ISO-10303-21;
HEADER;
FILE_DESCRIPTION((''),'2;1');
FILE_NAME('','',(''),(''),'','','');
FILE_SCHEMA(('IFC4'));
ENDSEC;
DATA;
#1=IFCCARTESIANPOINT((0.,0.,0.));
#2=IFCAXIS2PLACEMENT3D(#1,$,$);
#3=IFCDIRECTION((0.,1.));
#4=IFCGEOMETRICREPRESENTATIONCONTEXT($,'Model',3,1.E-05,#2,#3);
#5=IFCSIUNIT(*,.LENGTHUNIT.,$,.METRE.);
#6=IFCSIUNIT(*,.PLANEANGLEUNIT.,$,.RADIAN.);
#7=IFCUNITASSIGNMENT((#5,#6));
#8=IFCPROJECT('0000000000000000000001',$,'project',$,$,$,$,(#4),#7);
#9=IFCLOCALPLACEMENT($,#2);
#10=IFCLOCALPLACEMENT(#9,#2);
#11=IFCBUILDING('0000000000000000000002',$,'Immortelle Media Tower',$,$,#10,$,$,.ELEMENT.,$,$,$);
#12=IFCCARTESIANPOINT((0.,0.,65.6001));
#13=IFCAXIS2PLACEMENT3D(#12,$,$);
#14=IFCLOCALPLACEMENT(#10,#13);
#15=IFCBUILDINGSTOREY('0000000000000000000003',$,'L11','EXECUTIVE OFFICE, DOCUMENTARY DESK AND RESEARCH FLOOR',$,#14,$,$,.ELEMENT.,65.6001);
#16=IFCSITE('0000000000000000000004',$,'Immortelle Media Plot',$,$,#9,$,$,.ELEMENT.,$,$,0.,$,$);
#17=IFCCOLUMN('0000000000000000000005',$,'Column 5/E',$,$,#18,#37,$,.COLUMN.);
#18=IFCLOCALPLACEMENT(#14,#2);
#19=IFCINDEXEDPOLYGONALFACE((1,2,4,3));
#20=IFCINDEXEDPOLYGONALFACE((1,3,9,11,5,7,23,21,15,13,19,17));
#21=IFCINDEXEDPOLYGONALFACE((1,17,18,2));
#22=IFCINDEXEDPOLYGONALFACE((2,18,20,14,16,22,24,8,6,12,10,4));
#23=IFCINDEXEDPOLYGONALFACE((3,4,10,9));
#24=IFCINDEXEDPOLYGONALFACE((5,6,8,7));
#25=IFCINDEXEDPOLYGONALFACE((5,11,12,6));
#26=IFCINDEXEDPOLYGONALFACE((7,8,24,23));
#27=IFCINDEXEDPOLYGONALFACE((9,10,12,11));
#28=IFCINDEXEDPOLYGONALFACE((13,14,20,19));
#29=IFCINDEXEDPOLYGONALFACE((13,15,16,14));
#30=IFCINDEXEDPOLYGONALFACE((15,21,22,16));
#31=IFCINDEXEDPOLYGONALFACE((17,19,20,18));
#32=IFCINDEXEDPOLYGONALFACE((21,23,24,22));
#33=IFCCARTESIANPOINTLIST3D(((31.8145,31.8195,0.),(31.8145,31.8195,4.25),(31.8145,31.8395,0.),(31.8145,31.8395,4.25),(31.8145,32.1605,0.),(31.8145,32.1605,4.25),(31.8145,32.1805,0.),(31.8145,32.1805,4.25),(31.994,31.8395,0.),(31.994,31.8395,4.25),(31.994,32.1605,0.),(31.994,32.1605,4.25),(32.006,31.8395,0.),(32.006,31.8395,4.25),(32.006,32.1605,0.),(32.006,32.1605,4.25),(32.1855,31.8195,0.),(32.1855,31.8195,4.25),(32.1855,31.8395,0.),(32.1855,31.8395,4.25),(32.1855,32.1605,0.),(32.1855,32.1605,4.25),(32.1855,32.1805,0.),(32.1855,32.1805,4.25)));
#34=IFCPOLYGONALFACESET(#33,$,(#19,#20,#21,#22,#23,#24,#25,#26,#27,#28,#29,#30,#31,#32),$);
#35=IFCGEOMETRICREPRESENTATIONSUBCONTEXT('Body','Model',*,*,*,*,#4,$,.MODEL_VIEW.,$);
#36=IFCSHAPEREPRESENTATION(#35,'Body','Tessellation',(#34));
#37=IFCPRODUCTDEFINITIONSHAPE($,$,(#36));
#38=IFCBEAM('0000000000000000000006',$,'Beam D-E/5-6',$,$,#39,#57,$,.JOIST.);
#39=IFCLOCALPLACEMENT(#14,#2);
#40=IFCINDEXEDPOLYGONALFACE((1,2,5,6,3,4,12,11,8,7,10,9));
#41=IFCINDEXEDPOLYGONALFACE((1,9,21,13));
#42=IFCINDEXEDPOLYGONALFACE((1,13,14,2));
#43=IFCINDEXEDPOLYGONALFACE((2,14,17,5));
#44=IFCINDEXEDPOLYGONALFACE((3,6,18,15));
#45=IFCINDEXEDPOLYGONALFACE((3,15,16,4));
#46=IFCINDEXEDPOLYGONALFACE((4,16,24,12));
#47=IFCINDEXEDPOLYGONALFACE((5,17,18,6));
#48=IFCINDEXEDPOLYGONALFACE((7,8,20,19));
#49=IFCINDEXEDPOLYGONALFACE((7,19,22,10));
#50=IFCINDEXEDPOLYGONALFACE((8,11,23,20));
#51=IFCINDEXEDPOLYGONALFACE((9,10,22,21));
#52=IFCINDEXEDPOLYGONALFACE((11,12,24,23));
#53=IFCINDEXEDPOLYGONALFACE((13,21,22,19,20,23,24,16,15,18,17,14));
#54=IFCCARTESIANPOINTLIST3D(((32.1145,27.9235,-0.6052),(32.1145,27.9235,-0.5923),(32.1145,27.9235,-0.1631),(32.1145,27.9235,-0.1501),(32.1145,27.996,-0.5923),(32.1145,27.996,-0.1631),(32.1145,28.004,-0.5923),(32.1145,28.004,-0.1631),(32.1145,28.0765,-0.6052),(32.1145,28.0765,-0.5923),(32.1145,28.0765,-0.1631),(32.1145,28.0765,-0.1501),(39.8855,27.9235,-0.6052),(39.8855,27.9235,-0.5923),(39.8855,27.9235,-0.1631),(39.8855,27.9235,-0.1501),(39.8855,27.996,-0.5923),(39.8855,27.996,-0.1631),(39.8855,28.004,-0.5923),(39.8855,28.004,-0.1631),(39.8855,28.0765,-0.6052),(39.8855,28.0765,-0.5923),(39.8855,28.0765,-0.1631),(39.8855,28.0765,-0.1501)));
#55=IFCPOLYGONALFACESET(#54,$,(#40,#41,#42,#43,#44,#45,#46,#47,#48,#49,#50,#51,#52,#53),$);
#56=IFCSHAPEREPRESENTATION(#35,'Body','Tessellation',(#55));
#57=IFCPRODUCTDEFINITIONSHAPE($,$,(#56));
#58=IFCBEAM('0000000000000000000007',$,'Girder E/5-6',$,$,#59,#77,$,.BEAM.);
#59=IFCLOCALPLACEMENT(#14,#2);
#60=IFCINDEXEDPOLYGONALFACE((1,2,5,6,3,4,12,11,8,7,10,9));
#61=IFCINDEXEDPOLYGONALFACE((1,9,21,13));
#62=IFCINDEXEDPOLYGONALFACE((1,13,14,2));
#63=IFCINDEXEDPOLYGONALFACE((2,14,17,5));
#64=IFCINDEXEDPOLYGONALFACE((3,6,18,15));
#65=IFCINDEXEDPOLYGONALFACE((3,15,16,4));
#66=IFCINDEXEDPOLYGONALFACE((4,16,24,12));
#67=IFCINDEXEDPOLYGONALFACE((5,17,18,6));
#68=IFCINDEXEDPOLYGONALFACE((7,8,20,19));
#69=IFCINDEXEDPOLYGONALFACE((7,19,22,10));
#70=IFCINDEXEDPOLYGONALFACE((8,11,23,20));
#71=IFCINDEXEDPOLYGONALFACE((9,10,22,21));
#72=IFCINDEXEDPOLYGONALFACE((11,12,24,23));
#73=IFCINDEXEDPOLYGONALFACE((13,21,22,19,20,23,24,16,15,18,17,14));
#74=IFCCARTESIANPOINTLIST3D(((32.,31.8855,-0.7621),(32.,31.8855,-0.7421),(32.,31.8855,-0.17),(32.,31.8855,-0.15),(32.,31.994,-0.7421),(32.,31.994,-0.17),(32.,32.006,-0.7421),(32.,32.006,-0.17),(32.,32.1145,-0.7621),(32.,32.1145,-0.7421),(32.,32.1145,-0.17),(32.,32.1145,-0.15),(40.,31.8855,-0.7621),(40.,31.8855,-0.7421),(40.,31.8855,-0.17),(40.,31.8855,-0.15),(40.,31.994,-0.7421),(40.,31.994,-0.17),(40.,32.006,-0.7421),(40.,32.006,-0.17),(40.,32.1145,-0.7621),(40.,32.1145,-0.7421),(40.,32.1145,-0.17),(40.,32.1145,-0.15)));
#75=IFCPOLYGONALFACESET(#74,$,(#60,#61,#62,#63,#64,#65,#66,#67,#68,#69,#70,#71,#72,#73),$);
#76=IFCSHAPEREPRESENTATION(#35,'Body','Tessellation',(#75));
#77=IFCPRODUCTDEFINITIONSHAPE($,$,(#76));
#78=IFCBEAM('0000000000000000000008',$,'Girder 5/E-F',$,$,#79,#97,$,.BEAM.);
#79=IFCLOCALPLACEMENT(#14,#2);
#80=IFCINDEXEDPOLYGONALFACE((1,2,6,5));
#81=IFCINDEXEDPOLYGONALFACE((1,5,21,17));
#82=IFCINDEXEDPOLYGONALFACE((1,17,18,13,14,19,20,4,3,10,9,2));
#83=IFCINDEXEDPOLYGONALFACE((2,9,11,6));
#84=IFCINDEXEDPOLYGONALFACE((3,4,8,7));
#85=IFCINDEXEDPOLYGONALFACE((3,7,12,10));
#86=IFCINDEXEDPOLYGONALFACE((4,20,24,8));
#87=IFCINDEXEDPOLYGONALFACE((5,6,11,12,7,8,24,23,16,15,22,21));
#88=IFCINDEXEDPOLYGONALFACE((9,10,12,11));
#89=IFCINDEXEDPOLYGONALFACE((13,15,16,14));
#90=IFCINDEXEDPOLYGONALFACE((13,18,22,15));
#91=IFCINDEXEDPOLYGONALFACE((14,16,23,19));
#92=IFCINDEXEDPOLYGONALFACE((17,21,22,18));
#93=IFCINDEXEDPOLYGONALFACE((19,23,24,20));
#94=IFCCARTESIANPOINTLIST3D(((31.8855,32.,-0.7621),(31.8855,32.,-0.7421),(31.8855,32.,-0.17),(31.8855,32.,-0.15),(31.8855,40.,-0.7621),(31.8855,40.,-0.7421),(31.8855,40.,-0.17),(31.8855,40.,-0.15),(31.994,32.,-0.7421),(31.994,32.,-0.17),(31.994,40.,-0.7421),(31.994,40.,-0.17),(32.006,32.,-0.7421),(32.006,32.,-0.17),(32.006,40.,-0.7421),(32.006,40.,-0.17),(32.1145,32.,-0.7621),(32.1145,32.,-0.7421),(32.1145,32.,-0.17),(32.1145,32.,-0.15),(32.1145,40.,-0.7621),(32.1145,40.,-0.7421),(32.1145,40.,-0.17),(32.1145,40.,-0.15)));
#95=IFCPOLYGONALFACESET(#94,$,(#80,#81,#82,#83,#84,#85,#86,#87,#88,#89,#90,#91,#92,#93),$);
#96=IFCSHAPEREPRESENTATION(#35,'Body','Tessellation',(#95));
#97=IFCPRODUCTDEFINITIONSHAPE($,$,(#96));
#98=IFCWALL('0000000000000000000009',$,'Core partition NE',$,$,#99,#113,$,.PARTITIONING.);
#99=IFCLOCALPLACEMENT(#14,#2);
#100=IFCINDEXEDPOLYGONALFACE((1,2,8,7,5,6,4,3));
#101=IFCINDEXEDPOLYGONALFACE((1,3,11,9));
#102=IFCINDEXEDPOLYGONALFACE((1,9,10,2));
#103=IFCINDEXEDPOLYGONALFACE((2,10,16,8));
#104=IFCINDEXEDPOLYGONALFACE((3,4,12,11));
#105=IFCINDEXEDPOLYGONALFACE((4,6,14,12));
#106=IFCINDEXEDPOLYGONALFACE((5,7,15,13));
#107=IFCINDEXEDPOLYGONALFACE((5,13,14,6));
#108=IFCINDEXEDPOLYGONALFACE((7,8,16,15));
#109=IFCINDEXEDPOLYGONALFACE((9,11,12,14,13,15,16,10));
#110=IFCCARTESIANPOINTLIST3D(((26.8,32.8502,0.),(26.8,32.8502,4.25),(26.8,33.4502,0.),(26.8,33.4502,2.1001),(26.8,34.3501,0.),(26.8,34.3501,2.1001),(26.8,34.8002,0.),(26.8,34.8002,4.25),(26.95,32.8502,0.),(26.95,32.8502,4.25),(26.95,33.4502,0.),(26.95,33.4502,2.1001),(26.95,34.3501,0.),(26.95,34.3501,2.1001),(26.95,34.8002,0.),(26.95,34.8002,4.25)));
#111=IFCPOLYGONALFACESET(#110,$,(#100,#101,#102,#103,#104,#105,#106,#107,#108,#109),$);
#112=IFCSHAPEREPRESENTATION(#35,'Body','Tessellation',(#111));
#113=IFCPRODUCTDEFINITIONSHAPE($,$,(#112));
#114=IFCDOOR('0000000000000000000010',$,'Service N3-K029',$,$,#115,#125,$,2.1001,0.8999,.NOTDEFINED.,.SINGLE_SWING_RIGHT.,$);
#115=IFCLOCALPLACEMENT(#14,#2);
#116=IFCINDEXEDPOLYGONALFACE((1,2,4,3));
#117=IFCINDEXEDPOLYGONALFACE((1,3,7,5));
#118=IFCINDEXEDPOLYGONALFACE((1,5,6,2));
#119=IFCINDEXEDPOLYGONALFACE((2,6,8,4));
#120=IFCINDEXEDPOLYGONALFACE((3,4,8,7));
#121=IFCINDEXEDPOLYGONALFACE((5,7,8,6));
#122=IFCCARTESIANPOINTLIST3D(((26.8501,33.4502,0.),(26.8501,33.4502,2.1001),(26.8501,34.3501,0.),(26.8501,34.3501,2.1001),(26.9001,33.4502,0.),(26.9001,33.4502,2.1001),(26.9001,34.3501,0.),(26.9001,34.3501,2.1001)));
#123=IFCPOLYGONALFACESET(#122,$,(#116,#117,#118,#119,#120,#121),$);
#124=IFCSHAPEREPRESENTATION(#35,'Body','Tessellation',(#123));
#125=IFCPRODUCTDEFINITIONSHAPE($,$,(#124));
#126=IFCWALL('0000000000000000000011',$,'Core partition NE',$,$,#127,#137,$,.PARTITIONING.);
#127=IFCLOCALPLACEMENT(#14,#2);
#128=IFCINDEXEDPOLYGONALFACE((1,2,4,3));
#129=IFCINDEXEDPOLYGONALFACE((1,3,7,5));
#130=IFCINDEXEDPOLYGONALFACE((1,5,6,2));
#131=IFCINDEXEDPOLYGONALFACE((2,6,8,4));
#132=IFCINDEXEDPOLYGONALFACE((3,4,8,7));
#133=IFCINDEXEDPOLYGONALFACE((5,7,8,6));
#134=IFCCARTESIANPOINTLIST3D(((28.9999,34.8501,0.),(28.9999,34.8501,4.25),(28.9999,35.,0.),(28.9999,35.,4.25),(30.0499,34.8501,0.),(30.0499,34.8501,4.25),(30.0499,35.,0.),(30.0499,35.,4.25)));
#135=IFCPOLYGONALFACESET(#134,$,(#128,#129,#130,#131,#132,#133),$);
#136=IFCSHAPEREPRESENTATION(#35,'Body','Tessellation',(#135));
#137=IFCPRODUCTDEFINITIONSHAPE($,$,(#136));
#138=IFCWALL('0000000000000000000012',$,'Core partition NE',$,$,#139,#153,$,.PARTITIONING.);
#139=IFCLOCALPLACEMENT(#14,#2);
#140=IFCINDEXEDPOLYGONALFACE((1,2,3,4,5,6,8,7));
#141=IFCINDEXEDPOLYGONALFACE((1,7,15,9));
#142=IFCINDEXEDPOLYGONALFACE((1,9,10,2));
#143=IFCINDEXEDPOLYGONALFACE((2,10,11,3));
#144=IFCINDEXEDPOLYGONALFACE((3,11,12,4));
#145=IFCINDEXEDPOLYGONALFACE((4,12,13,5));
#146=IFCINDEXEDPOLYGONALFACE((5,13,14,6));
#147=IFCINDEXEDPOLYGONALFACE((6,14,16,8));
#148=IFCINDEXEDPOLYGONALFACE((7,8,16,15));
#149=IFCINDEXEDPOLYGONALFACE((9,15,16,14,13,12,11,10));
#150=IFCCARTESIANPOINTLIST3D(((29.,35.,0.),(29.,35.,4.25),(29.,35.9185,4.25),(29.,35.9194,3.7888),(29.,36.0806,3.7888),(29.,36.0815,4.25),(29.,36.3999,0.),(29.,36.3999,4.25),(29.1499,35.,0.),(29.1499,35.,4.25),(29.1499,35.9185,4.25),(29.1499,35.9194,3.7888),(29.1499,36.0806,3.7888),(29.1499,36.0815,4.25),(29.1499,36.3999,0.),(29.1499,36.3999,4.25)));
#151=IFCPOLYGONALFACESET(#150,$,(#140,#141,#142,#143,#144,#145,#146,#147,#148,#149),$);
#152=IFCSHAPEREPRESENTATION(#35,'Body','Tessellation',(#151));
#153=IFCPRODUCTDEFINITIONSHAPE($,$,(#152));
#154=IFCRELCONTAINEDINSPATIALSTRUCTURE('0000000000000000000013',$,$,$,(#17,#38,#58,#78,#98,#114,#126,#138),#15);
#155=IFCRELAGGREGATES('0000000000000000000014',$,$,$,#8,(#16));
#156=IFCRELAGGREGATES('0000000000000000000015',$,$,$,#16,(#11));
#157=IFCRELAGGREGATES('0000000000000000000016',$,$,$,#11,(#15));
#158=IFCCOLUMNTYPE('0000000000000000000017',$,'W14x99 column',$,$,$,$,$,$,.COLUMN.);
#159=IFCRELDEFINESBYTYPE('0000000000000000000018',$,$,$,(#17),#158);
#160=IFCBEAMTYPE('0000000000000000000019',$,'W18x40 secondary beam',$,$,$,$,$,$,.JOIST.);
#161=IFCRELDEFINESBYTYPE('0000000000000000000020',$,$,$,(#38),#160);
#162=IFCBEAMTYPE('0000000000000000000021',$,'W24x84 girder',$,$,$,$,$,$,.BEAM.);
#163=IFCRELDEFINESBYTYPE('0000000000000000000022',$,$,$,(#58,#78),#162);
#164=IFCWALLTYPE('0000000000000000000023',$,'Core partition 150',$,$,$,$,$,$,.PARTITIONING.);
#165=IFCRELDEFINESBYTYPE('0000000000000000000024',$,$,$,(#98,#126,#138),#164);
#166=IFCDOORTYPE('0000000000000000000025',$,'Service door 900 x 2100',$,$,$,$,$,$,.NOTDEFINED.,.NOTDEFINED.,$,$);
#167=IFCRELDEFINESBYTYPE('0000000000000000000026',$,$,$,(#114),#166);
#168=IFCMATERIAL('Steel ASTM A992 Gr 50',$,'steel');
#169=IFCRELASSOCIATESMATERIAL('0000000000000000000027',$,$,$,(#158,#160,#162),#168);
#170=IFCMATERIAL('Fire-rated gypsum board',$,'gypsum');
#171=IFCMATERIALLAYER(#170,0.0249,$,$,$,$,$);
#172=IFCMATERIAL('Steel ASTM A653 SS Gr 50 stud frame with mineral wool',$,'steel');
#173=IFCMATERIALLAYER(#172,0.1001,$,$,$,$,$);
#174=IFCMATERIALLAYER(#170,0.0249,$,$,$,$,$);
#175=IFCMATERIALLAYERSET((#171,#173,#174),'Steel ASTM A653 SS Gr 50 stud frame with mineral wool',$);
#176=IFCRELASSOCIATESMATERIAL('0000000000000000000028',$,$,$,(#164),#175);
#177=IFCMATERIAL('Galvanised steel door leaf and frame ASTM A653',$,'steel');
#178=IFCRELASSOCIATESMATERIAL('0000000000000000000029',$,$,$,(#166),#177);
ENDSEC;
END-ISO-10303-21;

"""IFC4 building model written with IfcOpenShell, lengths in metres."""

from ifc_helpers import new_model, si_unit, direction, frame, frame_2d, origin, origin_2d, place, context, subcontext, project, spatial, polyline, rectangle, i_section, outline, extrude, material, layer, layer_set, material_profile, profile_set, type_object, element, fill, save


model = new_model("IFC4")

# Units and contexts
model_context = context("Model", 3, precision=1e-05, world=origin(), true_north=direction((0.0, 1.0)))
body_context = subcontext(model_context, "Body", "Model", "MODEL_VIEW")
ifc_project = project(units=[si_unit("LENGTHUNIT", "METRE"), si_unit("PLANEANGLEUNIT", "RADIAN")], contexts=[model_context])

# Site, building, storey
site_placement = place(None, origin())
site = spatial("IfcSite", under=ifc_project, at=site_placement, Name="Immortelle Media Plot", CompositionType="ELEMENT", RefElevation=0.0)
building_placement = place(site_placement, origin())
building = spatial("IfcBuilding", under=site, at=building_placement, Name="Immortelle Media Tower", CompositionType="ELEMENT")
storey_placement = place(building_placement, frame((0.0, 0.0, 65.6001)))
storey = spatial("IfcBuildingStorey", under=building, at=storey_placement, Name="L11", Description="EXECUTIVE OFFICE, DOCUMENTARY DESK AND RESEARCH FLOOR", CompositionType="ELEMENT", Elevation=65.6001)

# Column
ifc_material_1 = material(Name="Steel ASTM A992 Gr 50", Category="steel")
ifc_material_profile_1 = material_profile(ifc_material_1, i_section(OverallWidth=0.3711, OverallDepth=0.3611, WebThickness=0.012, FlangeThickness=0.02, at=origin_2d()), Name="W14x99")
ifc_profile_set_1 = profile_set([ifc_material_profile_1], Name="Steel ASTM A992 Gr 50")
column_type = type_object("IfcColumnType", Name="W14x99 column", PredefinedType="COLUMN", material=ifc_profile_set_1)
column_placement = place(storey_placement, frame((32.0, 32.0, 0.0), z_axis=(0.0, 0.0, 1.0), x_axis=(1.0, 0.0, 0.0)))
element("IfcColumn", 1, at=column_placement, inside=storey, type_object=column_type, Name="Column 5/E", PredefinedType="COLUMN", context=body_context, shape_type="SweptSolid", body=[
    extrude(i_section(OverallWidth=0.3711, OverallDepth=0.3611, WebThickness=0.012, FlangeThickness=0.02, at=origin_2d()), origin(), (0.0, 0.0, 1.0), 4.25),
])

# Beams
ifc_material_profile_2 = material_profile(ifc_material_1, i_section(OverallWidth=0.1531, OverallDepth=0.4551, WebThickness=0.0081, FlangeThickness=0.0129, at=origin_2d()), Name="W18x40")
ifc_profile_set_2 = profile_set([ifc_material_profile_2], Name="Steel ASTM A992 Gr 50")
beam_type_1 = type_object("IfcBeamType", Name="W18x40 secondary beam", PredefinedType="JOIST", material=ifc_profile_set_2)
beam_placement = place(storey_placement, frame((32.1145, 28.0, -0.3777), z_axis=(1.0, 0.0, 0.0), x_axis=(0.0, 1.0, 0.0)))
element("IfcBeam", 2, at=beam_placement, inside=storey, type_object=beam_type_1, Name="Beam D-E/5-6", PredefinedType="JOIST", context=body_context, shape_type="SweptSolid", body=[
    extrude(i_section(OverallWidth=0.1531, OverallDepth=0.4551, WebThickness=0.0081, FlangeThickness=0.0129, at=origin_2d()), origin(), (0.0, 0.0, 1.0), 7.771),
])
ifc_material_profile_3 = material_profile(ifc_material_1, i_section(OverallWidth=0.229, OverallDepth=0.6121, WebThickness=0.012, FlangeThickness=0.02, at=origin_2d()), Name="W24x84")
ifc_profile_set_3 = profile_set([ifc_material_profile_3], Name="Steel ASTM A992 Gr 50")
beam_type_2 = type_object("IfcBeamType", Name="W24x84 girder", PredefinedType="BEAM", material=ifc_profile_set_3)
for number, where, z_axis, x_axis, name in (
    (3, (32.0, 32.0, -0.4561), (1.0, 0.0, 0.0), (0.0, 1.0, 0.0), "Girder E/5-6"),
    (4, (32.0, 32.0, -0.4561), (0.0, 1.0, 0.0), (-1.0, 0.0, 0.0), "Girder 5/E-F"),
):
    element("IfcBeam", number, at=place(storey_placement, frame(where, z_axis=z_axis, x_axis=x_axis)), inside=storey, type_object=beam_type_2, Name=name, PredefinedType="BEAM", context=body_context, shape_type="SweptSolid", body=[
        extrude(i_section(OverallWidth=0.229, OverallDepth=0.6121, WebThickness=0.012, FlangeThickness=0.02, at=origin_2d()), origin(), (0.0, 0.0, 1.0), 8.0),
    ])

# Wall, opening, door
ifc_material_2 = material(Name="Fire-rated gypsum board", Category="gypsum")
ifc_layer_1 = layer(ifc_material_2, 0.0249)
ifc_material_3 = material(Name="Steel ASTM A653 SS Gr 50 stud frame with mineral wool", Category="steel")
ifc_layer_2 = layer(ifc_material_3, 0.1001)
ifc_layer_3 = layer(ifc_material_2, 0.0249)
ifc_layer_set_1 = layer_set([ifc_layer_1, ifc_layer_2, ifc_layer_3], Name="Steel ASTM A653 SS Gr 50 stud frame with mineral wool")
wall_type_1 = type_object("IfcWallType", Name="Core partition 150", PredefinedType="PARTITIONING", material=ifc_layer_set_1)
wall_1_placement = place(storey_placement, frame((26.875, 32.8501, 0.0), z_axis=(0.0, 0.0, 1.0), x_axis=(0.0, 1.0, 0.0)))
wall_1 = element("IfcWall", 5, at=wall_1_placement, inside=storey, type_object=wall_type_1, Name="Core partition NE", PredefinedType="PARTITIONING", context=body_context, shape_type="SweptSolid", body=[
    extrude(rectangle(XDim=1.95, YDim=0.1499, at=frame_2d((0.9751, 0.0))), origin(), (0.0, 0.0, 1.0), 4.25),
])
opening_1_placement = place(wall_1_placement, frame((0.6001, 0.0, 0.0)))
opening_1 = element("IfcOpeningElement", 6, at=opening_1_placement, cuts=wall_1, PredefinedType="OPENING", context=body_context, shape_type="SweptSolid", body=[
    extrude(rectangle(XDim=0.8999, YDim=2.1001, at=frame_2d((0.45, 1.05))), frame((0.0, 0.085, 0.0), z_axis=(0.0, -1.0, 0.0), x_axis=(1.0, 0.0, 0.0)), (0.0, 0.0, 1.0), 0.1699),
])
ifc_material_4 = material(Name="Galvanised steel door leaf and frame ASTM A653", Category="steel")
door_type_1 = type_object("IfcDoorType", Name="Service door 900 x 2100", OperationType="NOTDEFINED", PredefinedType="NOTDEFINED", material=ifc_material_4)
door_1_placement = place(opening_1_placement, origin())
door_1 = element("IfcDoor", 7, at=door_1_placement, inside=storey, type_object=door_type_1, Name="Service N3-K029", OperationType="SINGLE_SWING_RIGHT", OverallHeight=2.1001, OverallWidth=0.8999, PredefinedType="NOTDEFINED", context=body_context, shape_type="SweptSolid", body=[
    extrude(rectangle(XDim=0.8999, YDim=2.1001, at=frame_2d((0.45, 1.05))), frame((0.0, 0.0249, 0.0), z_axis=(0.0, -1.0, 0.0), x_axis=(1.0, 0.0, 0.0)), (0.0, 0.0, 1.0), 0.05),
])
fill(opening_1, door_1)

# Walls
wall_2_placement = place(storey_placement, frame((29.0, 34.925, 0.0), z_axis=(0.0, 0.0, 1.0), x_axis=(1.0, 0.0, 0.0)))
element("IfcWall", 8, at=wall_2_placement, inside=storey, type_object=wall_type_1, Name="Core partition NE", PredefinedType="PARTITIONING", context=body_context, shape_type="SweptSolid", body=[
    extrude(rectangle(XDim=1.05, YDim=0.1499, at=frame_2d((0.5249, 0.0))), origin(), (0.0, 0.0, 1.0), 4.25),
])
wall_3_placement = place(storey_placement, frame((29.075, 35.0, 0.0), z_axis=(0.0, 0.0, 1.0), x_axis=(0.0, 1.0, 0.0)))
element("IfcWall", 9, at=wall_3_placement, inside=storey, type_object=wall_type_1, Name="Core partition NE", PredefinedType="PARTITIONING", context=body_context, shape_type="SweptSolid", body=[
    extrude(outline(polyline([(0.0, 0.0), (1.3999, 0.0), (1.3999, 4.25), (1.0815, 4.25), (1.0806, 3.7888), (0.9194, 3.7888), (0.9185, 4.25), (0.0, 4.25), (0.0, 0.0)])), frame((0.0, 0.075, 0.0), z_axis=(0.0, -1.0, 0.0), x_axis=(1.0, 0.0, 0.0)), (0.0, 0.0, 1.0), 0.1499),
])

save(model, "model.ifc")
